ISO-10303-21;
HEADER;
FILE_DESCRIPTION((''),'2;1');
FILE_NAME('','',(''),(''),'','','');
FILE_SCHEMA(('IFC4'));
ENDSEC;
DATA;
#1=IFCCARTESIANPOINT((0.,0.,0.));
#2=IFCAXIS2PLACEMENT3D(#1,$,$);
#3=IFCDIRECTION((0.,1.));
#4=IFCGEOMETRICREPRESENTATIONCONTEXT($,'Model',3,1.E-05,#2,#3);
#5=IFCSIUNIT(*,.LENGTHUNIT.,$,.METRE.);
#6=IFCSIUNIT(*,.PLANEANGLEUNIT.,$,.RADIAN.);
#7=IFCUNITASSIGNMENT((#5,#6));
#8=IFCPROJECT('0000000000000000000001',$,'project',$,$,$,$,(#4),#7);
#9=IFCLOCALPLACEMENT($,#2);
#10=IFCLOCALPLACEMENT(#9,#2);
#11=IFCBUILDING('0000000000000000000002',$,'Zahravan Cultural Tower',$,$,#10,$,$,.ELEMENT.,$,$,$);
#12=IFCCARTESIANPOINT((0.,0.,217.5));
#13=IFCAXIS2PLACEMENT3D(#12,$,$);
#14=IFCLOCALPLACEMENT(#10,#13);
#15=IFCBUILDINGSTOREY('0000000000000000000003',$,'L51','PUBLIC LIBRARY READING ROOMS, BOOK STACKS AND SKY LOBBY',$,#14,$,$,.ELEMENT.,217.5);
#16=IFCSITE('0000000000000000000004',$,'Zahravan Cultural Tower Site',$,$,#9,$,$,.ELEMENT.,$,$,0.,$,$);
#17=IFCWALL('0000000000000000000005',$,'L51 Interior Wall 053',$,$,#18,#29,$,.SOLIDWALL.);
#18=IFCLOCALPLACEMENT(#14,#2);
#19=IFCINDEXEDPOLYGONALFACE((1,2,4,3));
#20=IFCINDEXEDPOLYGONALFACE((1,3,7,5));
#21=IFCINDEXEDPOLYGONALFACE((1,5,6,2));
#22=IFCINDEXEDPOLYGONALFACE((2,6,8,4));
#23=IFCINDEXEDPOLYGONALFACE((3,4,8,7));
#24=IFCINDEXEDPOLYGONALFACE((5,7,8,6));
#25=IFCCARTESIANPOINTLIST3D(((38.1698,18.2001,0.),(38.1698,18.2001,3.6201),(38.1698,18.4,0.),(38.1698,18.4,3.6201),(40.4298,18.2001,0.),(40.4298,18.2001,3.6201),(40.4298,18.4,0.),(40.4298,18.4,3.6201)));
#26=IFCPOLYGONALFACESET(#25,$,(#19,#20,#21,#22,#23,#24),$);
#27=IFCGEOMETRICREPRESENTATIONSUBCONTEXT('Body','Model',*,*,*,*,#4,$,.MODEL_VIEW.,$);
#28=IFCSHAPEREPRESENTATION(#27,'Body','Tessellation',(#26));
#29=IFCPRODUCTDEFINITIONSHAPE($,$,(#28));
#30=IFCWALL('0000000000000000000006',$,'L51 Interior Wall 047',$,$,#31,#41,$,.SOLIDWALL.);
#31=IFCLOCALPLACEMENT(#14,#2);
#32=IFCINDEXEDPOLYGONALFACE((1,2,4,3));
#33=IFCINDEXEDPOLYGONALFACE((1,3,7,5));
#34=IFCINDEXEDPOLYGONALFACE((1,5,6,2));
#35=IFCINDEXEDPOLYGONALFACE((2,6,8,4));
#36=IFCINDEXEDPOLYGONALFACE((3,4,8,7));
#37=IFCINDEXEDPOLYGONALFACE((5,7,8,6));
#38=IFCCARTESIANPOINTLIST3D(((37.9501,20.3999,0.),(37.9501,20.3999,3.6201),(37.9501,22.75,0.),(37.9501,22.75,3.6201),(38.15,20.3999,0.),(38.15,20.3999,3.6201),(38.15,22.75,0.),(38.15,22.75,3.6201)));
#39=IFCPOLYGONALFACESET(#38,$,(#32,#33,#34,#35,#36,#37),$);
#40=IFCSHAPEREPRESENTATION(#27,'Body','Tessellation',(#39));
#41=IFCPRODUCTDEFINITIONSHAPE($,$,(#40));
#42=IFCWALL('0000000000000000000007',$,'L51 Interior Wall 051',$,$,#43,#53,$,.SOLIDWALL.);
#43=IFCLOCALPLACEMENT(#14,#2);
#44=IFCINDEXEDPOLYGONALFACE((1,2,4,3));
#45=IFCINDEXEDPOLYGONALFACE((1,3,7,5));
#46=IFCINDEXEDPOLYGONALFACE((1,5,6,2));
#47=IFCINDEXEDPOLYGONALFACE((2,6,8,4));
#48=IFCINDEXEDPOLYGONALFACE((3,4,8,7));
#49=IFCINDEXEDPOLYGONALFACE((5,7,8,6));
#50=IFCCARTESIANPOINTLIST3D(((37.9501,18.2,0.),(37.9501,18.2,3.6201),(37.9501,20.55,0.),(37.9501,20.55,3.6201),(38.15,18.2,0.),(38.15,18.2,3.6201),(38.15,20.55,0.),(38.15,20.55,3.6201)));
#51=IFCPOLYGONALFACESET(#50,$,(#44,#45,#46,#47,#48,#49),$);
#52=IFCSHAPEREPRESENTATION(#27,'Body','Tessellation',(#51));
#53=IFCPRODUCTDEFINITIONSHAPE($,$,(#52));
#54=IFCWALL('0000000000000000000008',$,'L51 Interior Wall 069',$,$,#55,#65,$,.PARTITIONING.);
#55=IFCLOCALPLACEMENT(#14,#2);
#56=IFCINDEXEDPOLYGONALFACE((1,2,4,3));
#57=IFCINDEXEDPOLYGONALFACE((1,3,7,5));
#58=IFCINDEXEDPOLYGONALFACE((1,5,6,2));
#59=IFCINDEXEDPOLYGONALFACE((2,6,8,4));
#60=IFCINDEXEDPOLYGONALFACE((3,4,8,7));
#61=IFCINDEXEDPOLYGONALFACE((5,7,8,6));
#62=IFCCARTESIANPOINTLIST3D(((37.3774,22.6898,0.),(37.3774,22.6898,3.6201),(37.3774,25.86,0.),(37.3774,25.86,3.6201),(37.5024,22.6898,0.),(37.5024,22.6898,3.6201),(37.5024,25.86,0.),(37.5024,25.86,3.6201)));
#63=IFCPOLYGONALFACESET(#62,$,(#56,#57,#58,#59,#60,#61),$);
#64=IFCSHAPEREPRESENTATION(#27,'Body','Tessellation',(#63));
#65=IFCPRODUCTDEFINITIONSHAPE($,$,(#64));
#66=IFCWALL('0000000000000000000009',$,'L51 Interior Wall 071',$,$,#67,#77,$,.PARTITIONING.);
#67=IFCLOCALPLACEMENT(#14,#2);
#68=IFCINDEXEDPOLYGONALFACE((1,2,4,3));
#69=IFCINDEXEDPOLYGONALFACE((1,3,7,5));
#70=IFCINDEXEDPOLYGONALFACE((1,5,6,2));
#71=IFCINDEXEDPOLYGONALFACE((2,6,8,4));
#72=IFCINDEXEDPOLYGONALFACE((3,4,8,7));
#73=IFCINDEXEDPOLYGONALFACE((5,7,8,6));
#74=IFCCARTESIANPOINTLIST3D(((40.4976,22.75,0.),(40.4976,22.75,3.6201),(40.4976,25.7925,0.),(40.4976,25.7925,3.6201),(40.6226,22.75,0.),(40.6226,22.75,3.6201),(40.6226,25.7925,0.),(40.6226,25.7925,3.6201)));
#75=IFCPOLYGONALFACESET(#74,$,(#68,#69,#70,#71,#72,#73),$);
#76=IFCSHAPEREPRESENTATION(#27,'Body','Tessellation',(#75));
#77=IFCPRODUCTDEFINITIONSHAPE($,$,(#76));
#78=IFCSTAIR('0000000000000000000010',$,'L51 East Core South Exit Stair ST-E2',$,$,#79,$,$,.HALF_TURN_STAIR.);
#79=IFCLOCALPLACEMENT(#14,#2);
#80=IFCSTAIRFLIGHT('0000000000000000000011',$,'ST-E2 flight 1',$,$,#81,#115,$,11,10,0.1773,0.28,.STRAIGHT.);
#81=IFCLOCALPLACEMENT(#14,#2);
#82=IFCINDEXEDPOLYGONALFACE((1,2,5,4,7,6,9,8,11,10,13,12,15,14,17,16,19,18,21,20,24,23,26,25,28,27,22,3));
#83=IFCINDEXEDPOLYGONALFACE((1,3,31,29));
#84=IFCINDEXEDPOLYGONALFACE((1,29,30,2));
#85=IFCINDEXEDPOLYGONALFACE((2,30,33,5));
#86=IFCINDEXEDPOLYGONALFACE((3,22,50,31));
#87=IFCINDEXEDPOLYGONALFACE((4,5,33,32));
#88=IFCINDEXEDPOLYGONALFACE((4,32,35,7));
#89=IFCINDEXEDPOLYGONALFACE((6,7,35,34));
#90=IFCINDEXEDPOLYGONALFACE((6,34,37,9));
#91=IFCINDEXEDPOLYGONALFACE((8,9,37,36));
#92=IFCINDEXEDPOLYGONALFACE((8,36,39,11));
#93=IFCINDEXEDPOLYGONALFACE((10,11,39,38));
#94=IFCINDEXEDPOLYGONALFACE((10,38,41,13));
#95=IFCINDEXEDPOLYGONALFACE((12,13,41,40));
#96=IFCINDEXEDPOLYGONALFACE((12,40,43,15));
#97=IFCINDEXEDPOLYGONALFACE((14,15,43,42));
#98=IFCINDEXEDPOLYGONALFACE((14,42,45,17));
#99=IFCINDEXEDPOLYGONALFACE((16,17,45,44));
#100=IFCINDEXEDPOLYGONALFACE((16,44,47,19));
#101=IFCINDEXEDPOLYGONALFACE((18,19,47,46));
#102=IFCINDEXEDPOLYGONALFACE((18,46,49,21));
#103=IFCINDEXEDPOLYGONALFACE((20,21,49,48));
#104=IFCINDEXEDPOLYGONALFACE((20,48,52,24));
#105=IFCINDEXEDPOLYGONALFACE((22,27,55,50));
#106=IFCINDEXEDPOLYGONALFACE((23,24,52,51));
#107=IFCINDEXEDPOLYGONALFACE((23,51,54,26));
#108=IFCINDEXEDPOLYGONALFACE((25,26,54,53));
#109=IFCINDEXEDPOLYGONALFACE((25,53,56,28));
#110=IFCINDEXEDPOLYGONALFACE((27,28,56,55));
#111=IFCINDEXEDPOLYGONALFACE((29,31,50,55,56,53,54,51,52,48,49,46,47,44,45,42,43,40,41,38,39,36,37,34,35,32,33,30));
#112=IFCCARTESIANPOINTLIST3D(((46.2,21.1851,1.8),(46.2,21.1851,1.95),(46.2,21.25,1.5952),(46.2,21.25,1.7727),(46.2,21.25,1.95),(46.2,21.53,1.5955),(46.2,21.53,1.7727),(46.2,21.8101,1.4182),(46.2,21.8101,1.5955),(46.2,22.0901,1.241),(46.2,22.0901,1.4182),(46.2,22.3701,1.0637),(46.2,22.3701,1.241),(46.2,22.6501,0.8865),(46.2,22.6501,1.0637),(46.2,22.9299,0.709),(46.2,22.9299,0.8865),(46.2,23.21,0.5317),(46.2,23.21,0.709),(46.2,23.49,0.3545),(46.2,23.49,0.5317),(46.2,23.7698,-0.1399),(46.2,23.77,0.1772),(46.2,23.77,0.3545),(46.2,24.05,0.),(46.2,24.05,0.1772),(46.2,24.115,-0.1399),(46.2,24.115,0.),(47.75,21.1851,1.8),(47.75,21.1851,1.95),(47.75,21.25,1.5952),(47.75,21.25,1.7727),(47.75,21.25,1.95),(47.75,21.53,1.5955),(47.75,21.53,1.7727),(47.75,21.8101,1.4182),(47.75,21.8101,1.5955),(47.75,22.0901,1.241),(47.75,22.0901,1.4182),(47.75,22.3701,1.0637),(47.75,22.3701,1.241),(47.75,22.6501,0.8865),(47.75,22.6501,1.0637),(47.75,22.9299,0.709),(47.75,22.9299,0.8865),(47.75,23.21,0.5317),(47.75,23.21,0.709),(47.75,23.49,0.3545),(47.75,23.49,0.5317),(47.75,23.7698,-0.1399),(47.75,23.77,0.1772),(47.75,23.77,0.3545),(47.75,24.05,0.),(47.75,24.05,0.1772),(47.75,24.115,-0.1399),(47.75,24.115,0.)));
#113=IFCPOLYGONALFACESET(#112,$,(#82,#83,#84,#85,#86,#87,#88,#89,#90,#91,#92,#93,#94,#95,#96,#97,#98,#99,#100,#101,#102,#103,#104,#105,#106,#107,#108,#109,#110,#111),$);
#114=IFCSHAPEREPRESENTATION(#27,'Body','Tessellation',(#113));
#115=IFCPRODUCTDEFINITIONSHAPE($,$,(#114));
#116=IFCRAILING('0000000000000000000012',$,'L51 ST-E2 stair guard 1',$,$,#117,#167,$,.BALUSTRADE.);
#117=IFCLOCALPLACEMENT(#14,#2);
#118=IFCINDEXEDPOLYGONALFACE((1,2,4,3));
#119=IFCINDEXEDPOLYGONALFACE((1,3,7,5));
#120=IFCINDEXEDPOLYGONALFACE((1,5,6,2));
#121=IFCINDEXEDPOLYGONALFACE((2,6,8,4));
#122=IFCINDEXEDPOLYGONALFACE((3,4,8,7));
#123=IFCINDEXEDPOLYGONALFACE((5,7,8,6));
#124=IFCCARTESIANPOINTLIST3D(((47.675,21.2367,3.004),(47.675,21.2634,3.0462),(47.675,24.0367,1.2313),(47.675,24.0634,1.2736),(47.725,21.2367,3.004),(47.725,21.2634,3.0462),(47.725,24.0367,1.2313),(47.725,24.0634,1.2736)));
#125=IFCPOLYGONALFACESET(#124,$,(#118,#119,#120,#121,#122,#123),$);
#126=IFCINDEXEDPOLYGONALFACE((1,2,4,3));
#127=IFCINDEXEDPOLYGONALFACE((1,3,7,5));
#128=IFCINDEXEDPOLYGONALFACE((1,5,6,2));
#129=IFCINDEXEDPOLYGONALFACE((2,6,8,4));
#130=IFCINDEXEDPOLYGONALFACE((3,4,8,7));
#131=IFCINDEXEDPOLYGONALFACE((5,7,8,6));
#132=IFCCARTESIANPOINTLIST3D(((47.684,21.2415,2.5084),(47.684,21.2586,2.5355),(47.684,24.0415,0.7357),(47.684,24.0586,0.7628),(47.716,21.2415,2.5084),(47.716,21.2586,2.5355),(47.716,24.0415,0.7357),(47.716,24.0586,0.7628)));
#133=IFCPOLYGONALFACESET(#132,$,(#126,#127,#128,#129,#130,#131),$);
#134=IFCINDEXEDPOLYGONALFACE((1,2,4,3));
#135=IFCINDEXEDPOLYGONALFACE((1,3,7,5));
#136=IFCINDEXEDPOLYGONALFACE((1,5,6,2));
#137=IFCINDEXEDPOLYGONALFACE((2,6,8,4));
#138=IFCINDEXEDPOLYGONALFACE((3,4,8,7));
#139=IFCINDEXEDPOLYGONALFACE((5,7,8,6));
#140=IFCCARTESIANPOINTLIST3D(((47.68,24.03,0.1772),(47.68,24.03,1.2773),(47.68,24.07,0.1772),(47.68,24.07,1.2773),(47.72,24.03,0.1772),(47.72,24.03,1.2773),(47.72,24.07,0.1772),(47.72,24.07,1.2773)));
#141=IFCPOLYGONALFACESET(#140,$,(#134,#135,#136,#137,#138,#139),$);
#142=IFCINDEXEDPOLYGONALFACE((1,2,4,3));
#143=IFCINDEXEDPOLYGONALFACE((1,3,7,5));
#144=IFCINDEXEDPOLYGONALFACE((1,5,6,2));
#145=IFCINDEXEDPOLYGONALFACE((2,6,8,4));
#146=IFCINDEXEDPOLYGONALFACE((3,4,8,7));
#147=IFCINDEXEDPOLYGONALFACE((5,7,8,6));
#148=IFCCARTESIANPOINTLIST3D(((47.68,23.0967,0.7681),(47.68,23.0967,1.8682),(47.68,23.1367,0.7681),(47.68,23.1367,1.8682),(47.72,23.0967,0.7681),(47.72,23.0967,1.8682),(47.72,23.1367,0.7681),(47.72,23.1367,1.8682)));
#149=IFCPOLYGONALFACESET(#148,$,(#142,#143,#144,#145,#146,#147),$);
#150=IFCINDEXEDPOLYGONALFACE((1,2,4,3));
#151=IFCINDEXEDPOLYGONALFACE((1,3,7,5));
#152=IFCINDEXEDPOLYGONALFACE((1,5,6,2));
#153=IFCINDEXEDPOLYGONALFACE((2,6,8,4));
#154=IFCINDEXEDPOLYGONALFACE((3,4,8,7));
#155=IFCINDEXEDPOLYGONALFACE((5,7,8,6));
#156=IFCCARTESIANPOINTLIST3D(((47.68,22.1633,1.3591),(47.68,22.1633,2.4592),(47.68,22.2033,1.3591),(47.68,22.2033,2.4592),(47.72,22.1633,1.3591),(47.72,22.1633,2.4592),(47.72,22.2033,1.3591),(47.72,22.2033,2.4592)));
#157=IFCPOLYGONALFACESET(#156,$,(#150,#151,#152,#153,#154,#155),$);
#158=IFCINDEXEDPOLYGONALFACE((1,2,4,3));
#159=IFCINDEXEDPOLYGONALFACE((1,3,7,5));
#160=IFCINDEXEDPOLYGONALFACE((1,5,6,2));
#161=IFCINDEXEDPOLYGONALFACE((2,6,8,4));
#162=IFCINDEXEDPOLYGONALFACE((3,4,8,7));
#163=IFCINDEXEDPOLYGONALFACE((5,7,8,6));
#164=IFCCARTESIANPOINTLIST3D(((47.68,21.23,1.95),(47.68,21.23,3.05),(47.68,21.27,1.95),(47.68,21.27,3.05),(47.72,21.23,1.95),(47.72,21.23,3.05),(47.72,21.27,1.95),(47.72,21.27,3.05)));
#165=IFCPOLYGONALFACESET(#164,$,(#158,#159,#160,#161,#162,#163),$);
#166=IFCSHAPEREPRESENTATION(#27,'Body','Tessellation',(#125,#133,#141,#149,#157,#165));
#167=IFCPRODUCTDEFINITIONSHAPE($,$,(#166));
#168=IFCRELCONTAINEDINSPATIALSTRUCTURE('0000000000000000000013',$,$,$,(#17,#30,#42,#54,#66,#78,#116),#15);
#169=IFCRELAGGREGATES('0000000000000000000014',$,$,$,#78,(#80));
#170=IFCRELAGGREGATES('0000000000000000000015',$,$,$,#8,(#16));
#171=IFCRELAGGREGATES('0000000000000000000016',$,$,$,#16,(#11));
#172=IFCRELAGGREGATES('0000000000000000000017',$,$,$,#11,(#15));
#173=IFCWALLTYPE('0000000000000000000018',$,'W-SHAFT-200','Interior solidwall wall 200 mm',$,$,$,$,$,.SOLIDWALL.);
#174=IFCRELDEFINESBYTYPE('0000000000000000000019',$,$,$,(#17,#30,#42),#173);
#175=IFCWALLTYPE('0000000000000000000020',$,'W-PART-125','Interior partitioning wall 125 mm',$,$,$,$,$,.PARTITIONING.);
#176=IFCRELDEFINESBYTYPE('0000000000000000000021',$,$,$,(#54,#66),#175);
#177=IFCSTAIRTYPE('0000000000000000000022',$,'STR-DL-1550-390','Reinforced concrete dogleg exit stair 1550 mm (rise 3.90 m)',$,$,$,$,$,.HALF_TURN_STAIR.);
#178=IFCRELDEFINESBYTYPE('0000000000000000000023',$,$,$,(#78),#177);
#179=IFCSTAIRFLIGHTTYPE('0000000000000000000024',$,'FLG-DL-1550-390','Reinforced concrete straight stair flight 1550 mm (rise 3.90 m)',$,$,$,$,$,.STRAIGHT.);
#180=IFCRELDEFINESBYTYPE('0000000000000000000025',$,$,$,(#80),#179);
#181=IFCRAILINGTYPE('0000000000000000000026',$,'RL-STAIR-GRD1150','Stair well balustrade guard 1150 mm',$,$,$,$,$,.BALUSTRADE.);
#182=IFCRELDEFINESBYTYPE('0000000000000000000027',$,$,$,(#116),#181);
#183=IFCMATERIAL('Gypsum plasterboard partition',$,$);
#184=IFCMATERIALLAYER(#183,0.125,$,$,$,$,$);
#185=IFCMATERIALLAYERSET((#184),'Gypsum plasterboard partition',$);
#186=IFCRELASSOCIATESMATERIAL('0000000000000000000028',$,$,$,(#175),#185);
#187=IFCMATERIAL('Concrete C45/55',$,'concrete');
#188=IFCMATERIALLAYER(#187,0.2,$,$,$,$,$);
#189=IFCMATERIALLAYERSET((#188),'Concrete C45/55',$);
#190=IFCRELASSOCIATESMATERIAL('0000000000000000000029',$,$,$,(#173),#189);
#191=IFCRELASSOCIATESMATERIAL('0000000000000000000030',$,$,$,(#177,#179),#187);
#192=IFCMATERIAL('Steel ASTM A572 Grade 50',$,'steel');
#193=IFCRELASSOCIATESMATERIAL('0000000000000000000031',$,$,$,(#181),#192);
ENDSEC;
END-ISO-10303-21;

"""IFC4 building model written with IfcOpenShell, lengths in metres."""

from ifc_helpers import new_model, si_unit, direction, frame, frame_2d, origin, origin_2d, place, context, subcontext, project, spatial, polyline, rectangle, outline, extrude, source, transform, mapped, material, layer, layer_set, type_object, element, aggregate, save


model = new_model("IFC4")

# Units and contexts
model_context = context("Model", 3, precision=1e-05, world=origin(), true_north=direction((0.0, 1.0)))
body_context = subcontext(model_context, "Body", "Model", "MODEL_VIEW")
ifc_project = project(units=[si_unit("LENGTHUNIT", "METRE"), si_unit("PLANEANGLEUNIT", "RADIAN")], contexts=[model_context])

# Site, building, storey
site_placement = place(None, origin())
site = spatial("IfcSite", under=ifc_project, at=site_placement, Name="Zahravan Cultural Tower Site", CompositionType="ELEMENT", RefElevation=0.0)
building_placement = place(site_placement, origin())
building = spatial("IfcBuilding", under=site, at=building_placement, Name="Zahravan Cultural Tower", CompositionType="ELEMENT")
storey_placement = place(building_placement, frame((0.0, 0.0, 217.5)))
storey = spatial("IfcBuildingStorey", under=building, at=storey_placement, Name="L51", Description="PUBLIC LIBRARY READING ROOMS, BOOK STACKS AND SKY LOBBY", CompositionType="ELEMENT", Elevation=217.5)

# Shared definitions
ifc_material_1 = material(Name="Gypsum plasterboard partition")
ifc_layer_1 = layer(ifc_material_1, 0.125)
ifc_layer_set_1 = layer_set([ifc_layer_1], Name="Gypsum plasterboard partition")
wall_type_1 = type_object("IfcWallType", Name="W-PART-125", Description="Interior partitioning wall 125 mm", PredefinedType="PARTITIONING", material=ifc_layer_set_1)
ifc_material_2 = material(Name="Concrete C45/55", Category="concrete")
ifc_layer_2 = layer(ifc_material_2, 0.2)
ifc_layer_set_2 = layer_set([ifc_layer_2], Name="Concrete C45/55")
wall_type_2 = type_object("IfcWallType", Name="W-SHAFT-200", Description="Interior solidwall wall 200 mm", PredefinedType="SOLIDWALL", material=ifc_layer_set_2)
ifc_material_3 = material(Name="Steel ASTM A572 Grade 50", Category="steel")

# Walls
shared_shape_1 = source(origin(), body_context, "Body", "SweptSolid", [
    extrude(rectangle(XDim=2.26, YDim=0.2, at=frame_2d((1.1299, 0.0))), origin(), (0.0, 0.0, 1.0), 3.6201),
])
for number, where, z_axis, x_axis, name in (
    (1, (38.1699, 18.3, 0.0), (0.0, 0.0, 1.0), (1.0, 0.0, 0.0), "L51 Interior Wall 053"),
):
    element("IfcWall", number, at=place(storey_placement, frame(where, z_axis=z_axis, x_axis=x_axis)), inside=storey, type_object=wall_type_2, Name=name, PredefinedType="SOLIDWALL", context=body_context, shape_type="MappedRepresentation", body=[
        mapped(shared_shape_1, transform((0.0, 0.0, 0.0), x_axis=(1.0, 0.0, 0.0), y_axis=(0.0, 1.0, 0.0), z_axis=(0.0, 0.0, 1.0), scale=1.0)),
    ])
shared_shape_2 = source(origin(), body_context, "Body", "SweptSolid", [
    extrude(rectangle(XDim=2.3501, YDim=0.2, at=frame_2d((1.175, 0.0))), origin(), (0.0, 0.0, 1.0), 3.6201),
])
for number, where, z_axis, x_axis, name in (
    (2, (38.05, 20.3999, 0.0), (0.0, 0.0, 1.0), (0.0, 1.0, 0.0), "L51 Interior Wall 047"),
    (3, (38.05, 18.2, 0.0), (0.0, 0.0, 1.0), (0.0, 1.0, 0.0), "L51 Interior Wall 051"),
):
    element("IfcWall", number, at=place(storey_placement, frame(where, z_axis=z_axis, x_axis=x_axis)), inside=storey, type_object=wall_type_2, Name=name, PredefinedType="SOLIDWALL", context=body_context, shape_type="MappedRepresentation", body=[
        mapped(shared_shape_2, transform((0.0, 0.0, 0.0), x_axis=(1.0, 0.0, 0.0), y_axis=(0.0, 1.0, 0.0), z_axis=(0.0, 0.0, 1.0), scale=1.0)),
    ])
shared_shape_3 = source(origin(), body_context, "Body", "SweptSolid", [
    extrude(rectangle(XDim=3.1702, YDim=0.125, at=frame_2d((1.585, 0.0))), origin(), (0.0, 0.0, 1.0), 3.6201),
])
wall_1_placement = place(storey_placement, frame((37.4399, 22.6899, 0.0), z_axis=(0.0, 0.0, 1.0), x_axis=(0.0, 1.0, 0.0)))
element("IfcWall", 4, at=wall_1_placement, inside=storey, type_object=wall_type_1, Name="L51 Interior Wall 069", PredefinedType="PARTITIONING", context=body_context, shape_type="MappedRepresentation", body=[
    mapped(shared_shape_3, transform((0.0, 0.0, 0.0), x_axis=(1.0, 0.0, 0.0), y_axis=(0.0, 1.0, 0.0), z_axis=(0.0, 0.0, 1.0), scale=1.0)),
])
shared_shape_4 = source(origin(), body_context, "Body", "SweptSolid", [
    extrude(rectangle(XDim=3.0425, YDim=0.125, at=frame_2d((1.5212, 0.0))), origin(), (0.0, 0.0, 1.0), 3.6201),
])
wall_2_placement = place(storey_placement, frame((40.5601, 25.7925, 0.0), z_axis=(0.0, 0.0, 1.0), x_axis=(0.0, -1.0, 0.0)))
element("IfcWall", 5, at=wall_2_placement, inside=storey, type_object=wall_type_1, Name="L51 Interior Wall 071", PredefinedType="PARTITIONING", context=body_context, shape_type="MappedRepresentation", body=[
    mapped(shared_shape_4, transform((0.0, 0.0, 0.0), x_axis=(1.0, 0.0, 0.0), y_axis=(0.0, 1.0, 0.0), z_axis=(0.0, 0.0, 1.0), scale=1.0)),
])

# Stair, stair flight
stair_type = type_object("IfcStairType", Name="STR-DL-1550-390", Description="Reinforced concrete dogleg exit stair 1550 mm (rise 3.90 m)", PredefinedType="HALF_TURN_STAIR", material=ifc_material_2)
stair_placement = place(storey_placement, origin())
stair = element("IfcStair", 6, at=stair_placement, inside=storey, type_object=stair_type, Name="L51 East Core South Exit Stair ST-E2", PredefinedType="HALF_TURN_STAIR")
stair_flight_type = type_object("IfcStairFlightType", Name="FLG-DL-1550-390", Description="Reinforced concrete straight stair flight 1550 mm (rise 3.90 m)", PredefinedType="STRAIGHT", material=ifc_material_2)
stair_flight_placement = place(storey_placement, frame((46.9751, 24.05, 0.0), z_axis=(0.0, 0.0, 1.0), x_axis=(0.0, -1.0, 0.0)))
stair_flight = element("IfcStairFlight", 7, at=stair_flight_placement, type_object=stair_flight_type, Name="ST-E2 flight 1", NumberOfRisers=11, NumberOfTreads=10, PredefinedType="STRAIGHT", RiserHeight=0.1773, TreadLength=0.28, context=body_context, shape_type="SweptSolid", body=[
    extrude(outline(polyline([(-0.0649, -0.1399), (-0.0649, 0.0), (0.0, 0.0), (0.0, 0.1772), (0.28, 0.1772), (0.28, 0.3545), (0.5601, 0.3545), (0.5601, 0.5317), (0.8401, 0.5317), (0.8401, 0.709), (1.1201, 0.709), (1.1201, 0.8865), (1.3999, 0.8865), (1.3999, 1.0637), (1.6799, 1.0637), (1.6799, 1.241), (1.96, 1.241), (1.96, 1.4182), (2.24, 1.4182), (2.24, 1.5955), (2.52, 1.5955), (2.52, 1.7727), (2.8, 1.7727), (2.8, 1.95), (2.865, 1.95), (2.865, 1.8), (2.8, 1.5952), (0.2803, -0.1399), (-0.0649, -0.1399)])), frame((0.0, 0.7749, 0.0), z_axis=(0.0, -1.0, 0.0), x_axis=(1.0, 0.0, 0.0)), (0.0, 0.0, 1.0), 1.55),
])
aggregate(stair, [stair_flight])

# Railing
railing_type_1 = type_object("IfcRailingType", Name="RL-STAIR-GRD1150", Description="Stair well balustrade guard 1150 mm", PredefinedType="BALUSTRADE", material=ifc_material_3)
railing_1_placement = place(storey_placement, frame((47.7, 24.05, 0.1772)))
element("IfcRailing", 8, at=railing_1_placement, inside=storey, type_object=railing_type_1, Name="L51 ST-E2 stair guard 1", PredefinedType="BALUSTRADE", context=body_context, shape_type="SweptSolid", body=[
    extrude(rectangle(XDim=0.05, YDim=0.05, at=origin_2d()), frame((0.0, 0.0, 1.0752), z_axis=(0.0, -0.844909, 0.53491), x_axis=(1.0, 0.0, 0.0)), (0.0, 0.0, 1.0), 3.314),
    extrude(rectangle(XDim=0.032, YDim=0.032, at=origin_2d()), frame((0.0, 0.0, 0.572), z_axis=(0.0, -0.844909, 0.53491), x_axis=(1.0, 0.0, 0.0)), (0.0, 0.0, 1.0), 3.314),
    extrude(rectangle(XDim=0.04, YDim=0.04, at=origin_2d()), origin(), (0.0, 0.0, 1.0), 1.1001),
    extrude(rectangle(XDim=0.04, YDim=0.04, at=origin_2d()), frame((0.0, -0.9333, 0.5908)), (0.0, 0.0, 1.0), 1.1001),
    extrude(rectangle(XDim=0.04, YDim=0.04, at=origin_2d()), frame((0.0, -1.8667, 1.1819)), (0.0, 0.0, 1.0), 1.1001),
    extrude(rectangle(XDim=0.04, YDim=0.04, at=origin_2d()), frame((0.0, -2.8, 1.7727)), (0.0, 0.0, 1.0), 1.1001),
])

save(model, "model.ifc")
